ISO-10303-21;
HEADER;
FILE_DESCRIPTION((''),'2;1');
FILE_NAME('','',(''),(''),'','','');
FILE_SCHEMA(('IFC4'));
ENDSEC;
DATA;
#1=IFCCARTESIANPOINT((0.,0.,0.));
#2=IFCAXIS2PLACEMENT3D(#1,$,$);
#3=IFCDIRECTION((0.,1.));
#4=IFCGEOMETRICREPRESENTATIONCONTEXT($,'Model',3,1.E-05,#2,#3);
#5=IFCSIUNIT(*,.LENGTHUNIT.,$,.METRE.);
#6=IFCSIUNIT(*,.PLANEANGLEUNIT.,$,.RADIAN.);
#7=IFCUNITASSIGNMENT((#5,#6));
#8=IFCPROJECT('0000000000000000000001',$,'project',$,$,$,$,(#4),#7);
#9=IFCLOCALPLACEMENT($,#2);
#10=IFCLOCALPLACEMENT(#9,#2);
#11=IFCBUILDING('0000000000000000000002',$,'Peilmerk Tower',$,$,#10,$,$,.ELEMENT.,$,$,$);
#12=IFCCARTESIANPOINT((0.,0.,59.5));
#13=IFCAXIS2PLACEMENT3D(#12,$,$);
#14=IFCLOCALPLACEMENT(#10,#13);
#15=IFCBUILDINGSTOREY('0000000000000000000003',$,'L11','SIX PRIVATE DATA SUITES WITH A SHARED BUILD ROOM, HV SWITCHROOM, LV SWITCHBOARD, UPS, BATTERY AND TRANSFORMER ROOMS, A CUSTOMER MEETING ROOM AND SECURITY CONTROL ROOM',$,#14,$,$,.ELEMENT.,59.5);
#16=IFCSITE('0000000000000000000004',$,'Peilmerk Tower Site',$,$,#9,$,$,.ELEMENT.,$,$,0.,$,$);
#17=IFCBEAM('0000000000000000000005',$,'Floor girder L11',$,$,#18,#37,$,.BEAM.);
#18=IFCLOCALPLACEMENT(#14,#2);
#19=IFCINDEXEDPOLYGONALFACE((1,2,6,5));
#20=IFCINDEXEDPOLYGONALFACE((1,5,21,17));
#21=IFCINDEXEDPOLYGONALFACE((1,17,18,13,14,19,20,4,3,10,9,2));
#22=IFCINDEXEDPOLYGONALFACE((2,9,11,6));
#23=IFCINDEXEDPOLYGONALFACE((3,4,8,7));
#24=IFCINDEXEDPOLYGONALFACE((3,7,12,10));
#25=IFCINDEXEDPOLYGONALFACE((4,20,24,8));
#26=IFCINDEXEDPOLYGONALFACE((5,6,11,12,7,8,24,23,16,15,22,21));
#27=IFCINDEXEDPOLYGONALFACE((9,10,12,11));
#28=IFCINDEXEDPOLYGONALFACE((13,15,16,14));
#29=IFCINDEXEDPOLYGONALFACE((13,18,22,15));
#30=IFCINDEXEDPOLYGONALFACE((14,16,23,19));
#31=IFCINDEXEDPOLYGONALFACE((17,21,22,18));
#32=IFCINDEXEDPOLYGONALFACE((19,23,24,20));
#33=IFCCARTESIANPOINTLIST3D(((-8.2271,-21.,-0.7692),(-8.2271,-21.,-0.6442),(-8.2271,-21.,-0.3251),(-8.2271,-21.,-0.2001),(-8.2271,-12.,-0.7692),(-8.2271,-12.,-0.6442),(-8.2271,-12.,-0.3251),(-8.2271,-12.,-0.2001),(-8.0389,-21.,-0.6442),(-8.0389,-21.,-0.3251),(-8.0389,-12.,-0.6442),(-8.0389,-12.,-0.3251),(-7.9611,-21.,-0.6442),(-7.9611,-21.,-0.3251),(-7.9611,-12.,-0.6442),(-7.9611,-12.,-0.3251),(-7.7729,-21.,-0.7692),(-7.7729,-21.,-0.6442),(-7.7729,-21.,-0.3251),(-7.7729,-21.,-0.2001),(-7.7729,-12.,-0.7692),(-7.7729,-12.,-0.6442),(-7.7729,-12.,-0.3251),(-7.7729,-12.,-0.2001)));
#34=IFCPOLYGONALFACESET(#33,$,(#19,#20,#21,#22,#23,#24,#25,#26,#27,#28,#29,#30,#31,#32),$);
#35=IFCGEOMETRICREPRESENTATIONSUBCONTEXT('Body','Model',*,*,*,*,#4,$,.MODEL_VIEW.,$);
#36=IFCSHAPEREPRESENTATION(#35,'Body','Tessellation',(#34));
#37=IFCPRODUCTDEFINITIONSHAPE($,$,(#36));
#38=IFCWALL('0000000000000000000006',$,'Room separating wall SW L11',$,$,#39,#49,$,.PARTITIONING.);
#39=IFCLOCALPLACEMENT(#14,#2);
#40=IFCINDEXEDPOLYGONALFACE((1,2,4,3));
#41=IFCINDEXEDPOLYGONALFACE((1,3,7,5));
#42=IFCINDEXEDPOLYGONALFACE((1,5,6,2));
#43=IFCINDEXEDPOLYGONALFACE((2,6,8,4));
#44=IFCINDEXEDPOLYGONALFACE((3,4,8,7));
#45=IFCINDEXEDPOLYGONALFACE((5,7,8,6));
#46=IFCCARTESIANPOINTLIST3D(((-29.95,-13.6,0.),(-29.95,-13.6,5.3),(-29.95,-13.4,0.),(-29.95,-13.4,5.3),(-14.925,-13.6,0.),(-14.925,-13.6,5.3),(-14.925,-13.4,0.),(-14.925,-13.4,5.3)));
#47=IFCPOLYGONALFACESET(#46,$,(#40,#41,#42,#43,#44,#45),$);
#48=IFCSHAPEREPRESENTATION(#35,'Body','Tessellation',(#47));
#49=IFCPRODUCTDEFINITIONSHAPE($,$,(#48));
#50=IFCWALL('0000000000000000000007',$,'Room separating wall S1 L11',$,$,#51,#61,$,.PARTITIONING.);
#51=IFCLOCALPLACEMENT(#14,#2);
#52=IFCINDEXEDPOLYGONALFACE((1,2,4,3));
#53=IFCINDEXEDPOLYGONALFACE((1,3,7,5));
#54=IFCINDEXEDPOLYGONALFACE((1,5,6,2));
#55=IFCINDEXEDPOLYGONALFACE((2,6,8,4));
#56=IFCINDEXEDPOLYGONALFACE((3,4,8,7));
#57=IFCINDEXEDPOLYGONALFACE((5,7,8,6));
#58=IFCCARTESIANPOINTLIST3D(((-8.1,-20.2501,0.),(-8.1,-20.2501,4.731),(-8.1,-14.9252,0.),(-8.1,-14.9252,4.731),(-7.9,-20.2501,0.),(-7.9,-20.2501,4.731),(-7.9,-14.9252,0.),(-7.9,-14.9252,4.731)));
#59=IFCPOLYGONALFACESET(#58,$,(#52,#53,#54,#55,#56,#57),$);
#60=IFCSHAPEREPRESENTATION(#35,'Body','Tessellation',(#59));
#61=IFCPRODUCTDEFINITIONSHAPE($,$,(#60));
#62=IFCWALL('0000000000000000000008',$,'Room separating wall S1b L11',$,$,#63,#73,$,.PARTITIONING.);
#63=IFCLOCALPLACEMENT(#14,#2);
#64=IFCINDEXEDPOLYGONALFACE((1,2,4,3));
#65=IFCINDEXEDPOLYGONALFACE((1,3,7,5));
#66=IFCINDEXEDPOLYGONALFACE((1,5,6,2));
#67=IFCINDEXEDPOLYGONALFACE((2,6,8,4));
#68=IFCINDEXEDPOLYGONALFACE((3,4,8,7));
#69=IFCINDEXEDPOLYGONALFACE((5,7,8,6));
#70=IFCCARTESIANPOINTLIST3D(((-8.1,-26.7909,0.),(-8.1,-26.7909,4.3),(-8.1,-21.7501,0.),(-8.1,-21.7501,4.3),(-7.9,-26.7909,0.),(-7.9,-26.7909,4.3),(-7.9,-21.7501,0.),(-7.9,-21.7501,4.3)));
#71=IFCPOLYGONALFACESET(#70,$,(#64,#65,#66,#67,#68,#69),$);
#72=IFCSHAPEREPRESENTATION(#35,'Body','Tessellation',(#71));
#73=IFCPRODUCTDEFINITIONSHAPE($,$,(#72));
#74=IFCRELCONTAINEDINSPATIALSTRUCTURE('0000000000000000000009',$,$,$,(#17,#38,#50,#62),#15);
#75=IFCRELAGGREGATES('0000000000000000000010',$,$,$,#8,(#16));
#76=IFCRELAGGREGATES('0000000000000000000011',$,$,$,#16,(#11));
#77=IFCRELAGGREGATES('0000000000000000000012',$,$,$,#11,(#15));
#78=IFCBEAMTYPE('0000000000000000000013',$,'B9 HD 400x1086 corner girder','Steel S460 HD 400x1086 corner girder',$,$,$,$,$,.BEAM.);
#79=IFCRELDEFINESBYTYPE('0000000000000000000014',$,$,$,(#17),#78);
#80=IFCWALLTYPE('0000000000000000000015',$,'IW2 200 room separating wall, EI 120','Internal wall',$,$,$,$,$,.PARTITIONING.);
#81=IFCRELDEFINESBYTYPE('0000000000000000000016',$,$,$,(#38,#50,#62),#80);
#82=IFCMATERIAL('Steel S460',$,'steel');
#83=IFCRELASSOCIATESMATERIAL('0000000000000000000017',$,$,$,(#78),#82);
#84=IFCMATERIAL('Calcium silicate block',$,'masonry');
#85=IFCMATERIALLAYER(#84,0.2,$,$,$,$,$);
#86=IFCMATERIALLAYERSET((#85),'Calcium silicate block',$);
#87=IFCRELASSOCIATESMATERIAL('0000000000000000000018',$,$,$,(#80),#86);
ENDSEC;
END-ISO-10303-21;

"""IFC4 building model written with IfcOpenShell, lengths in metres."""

from ifc_helpers import new_model, si_unit, direction, frame, frame_2d, origin, origin_2d, place, context, subcontext, project, spatial, rectangle, i_section, extrude, material, layer, layer_set, material_profile, profile_set, type_object, element, save


model = new_model("IFC4")

# Units and contexts
model_context = context("Model", 3, precision=1e-05, world=origin(), true_north=direction((0.0, 1.0)))
body_context = subcontext(model_context, "Body", "Model", "MODEL_VIEW")
ifc_project = project(units=[si_unit("LENGTHUNIT", "METRE"), si_unit("PLANEANGLEUNIT", "RADIAN")], contexts=[model_context])

# Site, building, storey
site_placement = place(None, origin())
site = spatial("IfcSite", under=ifc_project, at=site_placement, Name="Peilmerk Tower Site", CompositionType="ELEMENT", RefElevation=0.0)
building_placement = place(site_placement, origin())
building = spatial("IfcBuilding", under=site, at=building_placement, Name="Peilmerk Tower", CompositionType="ELEMENT")
storey_placement = place(building_placement, frame((0.0, 0.0, 59.5)))
storey = spatial("IfcBuildingStorey", under=building, at=storey_placement, Name="L11", Description="SIX PRIVATE DATA SUITES WITH A SHARED BUILD ROOM, HV SWITCHROOM, LV SWITCHBOARD, UPS, BATTERY AND TRANSFORMER ROOMS, A CUSTOMER MEETING ROOM AND SECURITY CONTROL ROOM", CompositionType="ELEMENT", Elevation=59.5)

# Beam
ifc_material_1 = material(Name="Steel S460", Category="steel")
ifc_material_profile_1 = material_profile(ifc_material_1, i_section(OverallWidth=0.4541, OverallDepth=0.5691, WebThickness=0.0779, FlangeThickness=0.125, at=origin_2d()), Name="HD 400x1086")
ifc_profile_set_1 = profile_set([ifc_material_profile_1], Name="Steel S460")
beam_type_1 = type_object("IfcBeamType", Name="B9 HD 400x1086 corner girder", Description="Steel S460 HD 400x1086 corner girder", PredefinedType="BEAM", material=ifc_profile_set_1)
beam_1_placement = place(storey_placement, frame((-8.0, -12.0, -0.4846), z_axis=(0.0, -1.0, 0.0), x_axis=(1.0, 0.0, 0.0)))
element("IfcBeam", 1, at=beam_1_placement, inside=storey, type_object=beam_type_1, Name="Floor girder L11", PredefinedType="BEAM", context=body_context, shape_type="SweptSolid", body=[
    extrude(i_section(OverallWidth=0.4541, OverallDepth=0.5691, WebThickness=0.0779, FlangeThickness=0.125, at=origin_2d()), origin(), (0.0, 0.0, 1.0), 9.0),
])

# Walls
ifc_material_2 = material(Name="Calcium silicate block", Category="masonry")
ifc_layer = layer(ifc_material_2, 0.2)
ifc_layer_set = layer_set([ifc_layer], Name="Calcium silicate block")
wall_type = type_object("IfcWallType", Name="IW2 200 room separating wall, EI 120", Description="Internal wall", PredefinedType="PARTITIONING", material=ifc_layer_set)
wall_1_placement = place(storey_placement, frame((-14.925, -13.5, 0.0), z_axis=(0.0, 0.0, 1.0), x_axis=(-1.0, 0.0, 0.0)))
element("IfcWall", 2, at=wall_1_placement, inside=storey, type_object=wall_type, Name="Room separating wall SW L11", PredefinedType="PARTITIONING", context=body_context, shape_type="SweptSolid", body=[
    extrude(rectangle(XDim=15.0249, YDim=0.2, at=frame_2d((7.5125, 0.0))), origin(), (0.0, 0.0, 1.0), 5.3),
])
wall_2_placement = place(storey_placement, frame((-8.0, -14.925, 0.0), z_axis=(0.0, 0.0, 1.0), x_axis=(0.0, -1.0, 0.0)))
element("IfcWall", 3, at=wall_2_placement, inside=storey, type_object=wall_type, Name="Room separating wall S1 L11", PredefinedType="PARTITIONING", context=body_context, shape_type="SweptSolid", body=[
    extrude(rectangle(XDim=5.325, YDim=0.2, at=frame_2d((2.6626, 0.0))), origin(), (0.0, 0.0, 1.0), 4.731),
])
wall_3_placement = place(storey_placement, frame((-8.0, -21.75, 0.0), z_axis=(0.0, 0.0, 1.0), x_axis=(0.0, -1.0, 0.0)))
element("IfcWall", 4, at=wall_3_placement, inside=storey, type_object=wall_type, Name="Room separating wall S1b L11", PredefinedType="PARTITIONING", context=body_context, shape_type="SweptSolid", body=[
    extrude(rectangle(XDim=5.0408, YDim=0.2, at=frame_2d((2.5205, 0.0))), origin(), (0.0, 0.0, 1.0), 4.3),
])

save(model, "model.ifc")
